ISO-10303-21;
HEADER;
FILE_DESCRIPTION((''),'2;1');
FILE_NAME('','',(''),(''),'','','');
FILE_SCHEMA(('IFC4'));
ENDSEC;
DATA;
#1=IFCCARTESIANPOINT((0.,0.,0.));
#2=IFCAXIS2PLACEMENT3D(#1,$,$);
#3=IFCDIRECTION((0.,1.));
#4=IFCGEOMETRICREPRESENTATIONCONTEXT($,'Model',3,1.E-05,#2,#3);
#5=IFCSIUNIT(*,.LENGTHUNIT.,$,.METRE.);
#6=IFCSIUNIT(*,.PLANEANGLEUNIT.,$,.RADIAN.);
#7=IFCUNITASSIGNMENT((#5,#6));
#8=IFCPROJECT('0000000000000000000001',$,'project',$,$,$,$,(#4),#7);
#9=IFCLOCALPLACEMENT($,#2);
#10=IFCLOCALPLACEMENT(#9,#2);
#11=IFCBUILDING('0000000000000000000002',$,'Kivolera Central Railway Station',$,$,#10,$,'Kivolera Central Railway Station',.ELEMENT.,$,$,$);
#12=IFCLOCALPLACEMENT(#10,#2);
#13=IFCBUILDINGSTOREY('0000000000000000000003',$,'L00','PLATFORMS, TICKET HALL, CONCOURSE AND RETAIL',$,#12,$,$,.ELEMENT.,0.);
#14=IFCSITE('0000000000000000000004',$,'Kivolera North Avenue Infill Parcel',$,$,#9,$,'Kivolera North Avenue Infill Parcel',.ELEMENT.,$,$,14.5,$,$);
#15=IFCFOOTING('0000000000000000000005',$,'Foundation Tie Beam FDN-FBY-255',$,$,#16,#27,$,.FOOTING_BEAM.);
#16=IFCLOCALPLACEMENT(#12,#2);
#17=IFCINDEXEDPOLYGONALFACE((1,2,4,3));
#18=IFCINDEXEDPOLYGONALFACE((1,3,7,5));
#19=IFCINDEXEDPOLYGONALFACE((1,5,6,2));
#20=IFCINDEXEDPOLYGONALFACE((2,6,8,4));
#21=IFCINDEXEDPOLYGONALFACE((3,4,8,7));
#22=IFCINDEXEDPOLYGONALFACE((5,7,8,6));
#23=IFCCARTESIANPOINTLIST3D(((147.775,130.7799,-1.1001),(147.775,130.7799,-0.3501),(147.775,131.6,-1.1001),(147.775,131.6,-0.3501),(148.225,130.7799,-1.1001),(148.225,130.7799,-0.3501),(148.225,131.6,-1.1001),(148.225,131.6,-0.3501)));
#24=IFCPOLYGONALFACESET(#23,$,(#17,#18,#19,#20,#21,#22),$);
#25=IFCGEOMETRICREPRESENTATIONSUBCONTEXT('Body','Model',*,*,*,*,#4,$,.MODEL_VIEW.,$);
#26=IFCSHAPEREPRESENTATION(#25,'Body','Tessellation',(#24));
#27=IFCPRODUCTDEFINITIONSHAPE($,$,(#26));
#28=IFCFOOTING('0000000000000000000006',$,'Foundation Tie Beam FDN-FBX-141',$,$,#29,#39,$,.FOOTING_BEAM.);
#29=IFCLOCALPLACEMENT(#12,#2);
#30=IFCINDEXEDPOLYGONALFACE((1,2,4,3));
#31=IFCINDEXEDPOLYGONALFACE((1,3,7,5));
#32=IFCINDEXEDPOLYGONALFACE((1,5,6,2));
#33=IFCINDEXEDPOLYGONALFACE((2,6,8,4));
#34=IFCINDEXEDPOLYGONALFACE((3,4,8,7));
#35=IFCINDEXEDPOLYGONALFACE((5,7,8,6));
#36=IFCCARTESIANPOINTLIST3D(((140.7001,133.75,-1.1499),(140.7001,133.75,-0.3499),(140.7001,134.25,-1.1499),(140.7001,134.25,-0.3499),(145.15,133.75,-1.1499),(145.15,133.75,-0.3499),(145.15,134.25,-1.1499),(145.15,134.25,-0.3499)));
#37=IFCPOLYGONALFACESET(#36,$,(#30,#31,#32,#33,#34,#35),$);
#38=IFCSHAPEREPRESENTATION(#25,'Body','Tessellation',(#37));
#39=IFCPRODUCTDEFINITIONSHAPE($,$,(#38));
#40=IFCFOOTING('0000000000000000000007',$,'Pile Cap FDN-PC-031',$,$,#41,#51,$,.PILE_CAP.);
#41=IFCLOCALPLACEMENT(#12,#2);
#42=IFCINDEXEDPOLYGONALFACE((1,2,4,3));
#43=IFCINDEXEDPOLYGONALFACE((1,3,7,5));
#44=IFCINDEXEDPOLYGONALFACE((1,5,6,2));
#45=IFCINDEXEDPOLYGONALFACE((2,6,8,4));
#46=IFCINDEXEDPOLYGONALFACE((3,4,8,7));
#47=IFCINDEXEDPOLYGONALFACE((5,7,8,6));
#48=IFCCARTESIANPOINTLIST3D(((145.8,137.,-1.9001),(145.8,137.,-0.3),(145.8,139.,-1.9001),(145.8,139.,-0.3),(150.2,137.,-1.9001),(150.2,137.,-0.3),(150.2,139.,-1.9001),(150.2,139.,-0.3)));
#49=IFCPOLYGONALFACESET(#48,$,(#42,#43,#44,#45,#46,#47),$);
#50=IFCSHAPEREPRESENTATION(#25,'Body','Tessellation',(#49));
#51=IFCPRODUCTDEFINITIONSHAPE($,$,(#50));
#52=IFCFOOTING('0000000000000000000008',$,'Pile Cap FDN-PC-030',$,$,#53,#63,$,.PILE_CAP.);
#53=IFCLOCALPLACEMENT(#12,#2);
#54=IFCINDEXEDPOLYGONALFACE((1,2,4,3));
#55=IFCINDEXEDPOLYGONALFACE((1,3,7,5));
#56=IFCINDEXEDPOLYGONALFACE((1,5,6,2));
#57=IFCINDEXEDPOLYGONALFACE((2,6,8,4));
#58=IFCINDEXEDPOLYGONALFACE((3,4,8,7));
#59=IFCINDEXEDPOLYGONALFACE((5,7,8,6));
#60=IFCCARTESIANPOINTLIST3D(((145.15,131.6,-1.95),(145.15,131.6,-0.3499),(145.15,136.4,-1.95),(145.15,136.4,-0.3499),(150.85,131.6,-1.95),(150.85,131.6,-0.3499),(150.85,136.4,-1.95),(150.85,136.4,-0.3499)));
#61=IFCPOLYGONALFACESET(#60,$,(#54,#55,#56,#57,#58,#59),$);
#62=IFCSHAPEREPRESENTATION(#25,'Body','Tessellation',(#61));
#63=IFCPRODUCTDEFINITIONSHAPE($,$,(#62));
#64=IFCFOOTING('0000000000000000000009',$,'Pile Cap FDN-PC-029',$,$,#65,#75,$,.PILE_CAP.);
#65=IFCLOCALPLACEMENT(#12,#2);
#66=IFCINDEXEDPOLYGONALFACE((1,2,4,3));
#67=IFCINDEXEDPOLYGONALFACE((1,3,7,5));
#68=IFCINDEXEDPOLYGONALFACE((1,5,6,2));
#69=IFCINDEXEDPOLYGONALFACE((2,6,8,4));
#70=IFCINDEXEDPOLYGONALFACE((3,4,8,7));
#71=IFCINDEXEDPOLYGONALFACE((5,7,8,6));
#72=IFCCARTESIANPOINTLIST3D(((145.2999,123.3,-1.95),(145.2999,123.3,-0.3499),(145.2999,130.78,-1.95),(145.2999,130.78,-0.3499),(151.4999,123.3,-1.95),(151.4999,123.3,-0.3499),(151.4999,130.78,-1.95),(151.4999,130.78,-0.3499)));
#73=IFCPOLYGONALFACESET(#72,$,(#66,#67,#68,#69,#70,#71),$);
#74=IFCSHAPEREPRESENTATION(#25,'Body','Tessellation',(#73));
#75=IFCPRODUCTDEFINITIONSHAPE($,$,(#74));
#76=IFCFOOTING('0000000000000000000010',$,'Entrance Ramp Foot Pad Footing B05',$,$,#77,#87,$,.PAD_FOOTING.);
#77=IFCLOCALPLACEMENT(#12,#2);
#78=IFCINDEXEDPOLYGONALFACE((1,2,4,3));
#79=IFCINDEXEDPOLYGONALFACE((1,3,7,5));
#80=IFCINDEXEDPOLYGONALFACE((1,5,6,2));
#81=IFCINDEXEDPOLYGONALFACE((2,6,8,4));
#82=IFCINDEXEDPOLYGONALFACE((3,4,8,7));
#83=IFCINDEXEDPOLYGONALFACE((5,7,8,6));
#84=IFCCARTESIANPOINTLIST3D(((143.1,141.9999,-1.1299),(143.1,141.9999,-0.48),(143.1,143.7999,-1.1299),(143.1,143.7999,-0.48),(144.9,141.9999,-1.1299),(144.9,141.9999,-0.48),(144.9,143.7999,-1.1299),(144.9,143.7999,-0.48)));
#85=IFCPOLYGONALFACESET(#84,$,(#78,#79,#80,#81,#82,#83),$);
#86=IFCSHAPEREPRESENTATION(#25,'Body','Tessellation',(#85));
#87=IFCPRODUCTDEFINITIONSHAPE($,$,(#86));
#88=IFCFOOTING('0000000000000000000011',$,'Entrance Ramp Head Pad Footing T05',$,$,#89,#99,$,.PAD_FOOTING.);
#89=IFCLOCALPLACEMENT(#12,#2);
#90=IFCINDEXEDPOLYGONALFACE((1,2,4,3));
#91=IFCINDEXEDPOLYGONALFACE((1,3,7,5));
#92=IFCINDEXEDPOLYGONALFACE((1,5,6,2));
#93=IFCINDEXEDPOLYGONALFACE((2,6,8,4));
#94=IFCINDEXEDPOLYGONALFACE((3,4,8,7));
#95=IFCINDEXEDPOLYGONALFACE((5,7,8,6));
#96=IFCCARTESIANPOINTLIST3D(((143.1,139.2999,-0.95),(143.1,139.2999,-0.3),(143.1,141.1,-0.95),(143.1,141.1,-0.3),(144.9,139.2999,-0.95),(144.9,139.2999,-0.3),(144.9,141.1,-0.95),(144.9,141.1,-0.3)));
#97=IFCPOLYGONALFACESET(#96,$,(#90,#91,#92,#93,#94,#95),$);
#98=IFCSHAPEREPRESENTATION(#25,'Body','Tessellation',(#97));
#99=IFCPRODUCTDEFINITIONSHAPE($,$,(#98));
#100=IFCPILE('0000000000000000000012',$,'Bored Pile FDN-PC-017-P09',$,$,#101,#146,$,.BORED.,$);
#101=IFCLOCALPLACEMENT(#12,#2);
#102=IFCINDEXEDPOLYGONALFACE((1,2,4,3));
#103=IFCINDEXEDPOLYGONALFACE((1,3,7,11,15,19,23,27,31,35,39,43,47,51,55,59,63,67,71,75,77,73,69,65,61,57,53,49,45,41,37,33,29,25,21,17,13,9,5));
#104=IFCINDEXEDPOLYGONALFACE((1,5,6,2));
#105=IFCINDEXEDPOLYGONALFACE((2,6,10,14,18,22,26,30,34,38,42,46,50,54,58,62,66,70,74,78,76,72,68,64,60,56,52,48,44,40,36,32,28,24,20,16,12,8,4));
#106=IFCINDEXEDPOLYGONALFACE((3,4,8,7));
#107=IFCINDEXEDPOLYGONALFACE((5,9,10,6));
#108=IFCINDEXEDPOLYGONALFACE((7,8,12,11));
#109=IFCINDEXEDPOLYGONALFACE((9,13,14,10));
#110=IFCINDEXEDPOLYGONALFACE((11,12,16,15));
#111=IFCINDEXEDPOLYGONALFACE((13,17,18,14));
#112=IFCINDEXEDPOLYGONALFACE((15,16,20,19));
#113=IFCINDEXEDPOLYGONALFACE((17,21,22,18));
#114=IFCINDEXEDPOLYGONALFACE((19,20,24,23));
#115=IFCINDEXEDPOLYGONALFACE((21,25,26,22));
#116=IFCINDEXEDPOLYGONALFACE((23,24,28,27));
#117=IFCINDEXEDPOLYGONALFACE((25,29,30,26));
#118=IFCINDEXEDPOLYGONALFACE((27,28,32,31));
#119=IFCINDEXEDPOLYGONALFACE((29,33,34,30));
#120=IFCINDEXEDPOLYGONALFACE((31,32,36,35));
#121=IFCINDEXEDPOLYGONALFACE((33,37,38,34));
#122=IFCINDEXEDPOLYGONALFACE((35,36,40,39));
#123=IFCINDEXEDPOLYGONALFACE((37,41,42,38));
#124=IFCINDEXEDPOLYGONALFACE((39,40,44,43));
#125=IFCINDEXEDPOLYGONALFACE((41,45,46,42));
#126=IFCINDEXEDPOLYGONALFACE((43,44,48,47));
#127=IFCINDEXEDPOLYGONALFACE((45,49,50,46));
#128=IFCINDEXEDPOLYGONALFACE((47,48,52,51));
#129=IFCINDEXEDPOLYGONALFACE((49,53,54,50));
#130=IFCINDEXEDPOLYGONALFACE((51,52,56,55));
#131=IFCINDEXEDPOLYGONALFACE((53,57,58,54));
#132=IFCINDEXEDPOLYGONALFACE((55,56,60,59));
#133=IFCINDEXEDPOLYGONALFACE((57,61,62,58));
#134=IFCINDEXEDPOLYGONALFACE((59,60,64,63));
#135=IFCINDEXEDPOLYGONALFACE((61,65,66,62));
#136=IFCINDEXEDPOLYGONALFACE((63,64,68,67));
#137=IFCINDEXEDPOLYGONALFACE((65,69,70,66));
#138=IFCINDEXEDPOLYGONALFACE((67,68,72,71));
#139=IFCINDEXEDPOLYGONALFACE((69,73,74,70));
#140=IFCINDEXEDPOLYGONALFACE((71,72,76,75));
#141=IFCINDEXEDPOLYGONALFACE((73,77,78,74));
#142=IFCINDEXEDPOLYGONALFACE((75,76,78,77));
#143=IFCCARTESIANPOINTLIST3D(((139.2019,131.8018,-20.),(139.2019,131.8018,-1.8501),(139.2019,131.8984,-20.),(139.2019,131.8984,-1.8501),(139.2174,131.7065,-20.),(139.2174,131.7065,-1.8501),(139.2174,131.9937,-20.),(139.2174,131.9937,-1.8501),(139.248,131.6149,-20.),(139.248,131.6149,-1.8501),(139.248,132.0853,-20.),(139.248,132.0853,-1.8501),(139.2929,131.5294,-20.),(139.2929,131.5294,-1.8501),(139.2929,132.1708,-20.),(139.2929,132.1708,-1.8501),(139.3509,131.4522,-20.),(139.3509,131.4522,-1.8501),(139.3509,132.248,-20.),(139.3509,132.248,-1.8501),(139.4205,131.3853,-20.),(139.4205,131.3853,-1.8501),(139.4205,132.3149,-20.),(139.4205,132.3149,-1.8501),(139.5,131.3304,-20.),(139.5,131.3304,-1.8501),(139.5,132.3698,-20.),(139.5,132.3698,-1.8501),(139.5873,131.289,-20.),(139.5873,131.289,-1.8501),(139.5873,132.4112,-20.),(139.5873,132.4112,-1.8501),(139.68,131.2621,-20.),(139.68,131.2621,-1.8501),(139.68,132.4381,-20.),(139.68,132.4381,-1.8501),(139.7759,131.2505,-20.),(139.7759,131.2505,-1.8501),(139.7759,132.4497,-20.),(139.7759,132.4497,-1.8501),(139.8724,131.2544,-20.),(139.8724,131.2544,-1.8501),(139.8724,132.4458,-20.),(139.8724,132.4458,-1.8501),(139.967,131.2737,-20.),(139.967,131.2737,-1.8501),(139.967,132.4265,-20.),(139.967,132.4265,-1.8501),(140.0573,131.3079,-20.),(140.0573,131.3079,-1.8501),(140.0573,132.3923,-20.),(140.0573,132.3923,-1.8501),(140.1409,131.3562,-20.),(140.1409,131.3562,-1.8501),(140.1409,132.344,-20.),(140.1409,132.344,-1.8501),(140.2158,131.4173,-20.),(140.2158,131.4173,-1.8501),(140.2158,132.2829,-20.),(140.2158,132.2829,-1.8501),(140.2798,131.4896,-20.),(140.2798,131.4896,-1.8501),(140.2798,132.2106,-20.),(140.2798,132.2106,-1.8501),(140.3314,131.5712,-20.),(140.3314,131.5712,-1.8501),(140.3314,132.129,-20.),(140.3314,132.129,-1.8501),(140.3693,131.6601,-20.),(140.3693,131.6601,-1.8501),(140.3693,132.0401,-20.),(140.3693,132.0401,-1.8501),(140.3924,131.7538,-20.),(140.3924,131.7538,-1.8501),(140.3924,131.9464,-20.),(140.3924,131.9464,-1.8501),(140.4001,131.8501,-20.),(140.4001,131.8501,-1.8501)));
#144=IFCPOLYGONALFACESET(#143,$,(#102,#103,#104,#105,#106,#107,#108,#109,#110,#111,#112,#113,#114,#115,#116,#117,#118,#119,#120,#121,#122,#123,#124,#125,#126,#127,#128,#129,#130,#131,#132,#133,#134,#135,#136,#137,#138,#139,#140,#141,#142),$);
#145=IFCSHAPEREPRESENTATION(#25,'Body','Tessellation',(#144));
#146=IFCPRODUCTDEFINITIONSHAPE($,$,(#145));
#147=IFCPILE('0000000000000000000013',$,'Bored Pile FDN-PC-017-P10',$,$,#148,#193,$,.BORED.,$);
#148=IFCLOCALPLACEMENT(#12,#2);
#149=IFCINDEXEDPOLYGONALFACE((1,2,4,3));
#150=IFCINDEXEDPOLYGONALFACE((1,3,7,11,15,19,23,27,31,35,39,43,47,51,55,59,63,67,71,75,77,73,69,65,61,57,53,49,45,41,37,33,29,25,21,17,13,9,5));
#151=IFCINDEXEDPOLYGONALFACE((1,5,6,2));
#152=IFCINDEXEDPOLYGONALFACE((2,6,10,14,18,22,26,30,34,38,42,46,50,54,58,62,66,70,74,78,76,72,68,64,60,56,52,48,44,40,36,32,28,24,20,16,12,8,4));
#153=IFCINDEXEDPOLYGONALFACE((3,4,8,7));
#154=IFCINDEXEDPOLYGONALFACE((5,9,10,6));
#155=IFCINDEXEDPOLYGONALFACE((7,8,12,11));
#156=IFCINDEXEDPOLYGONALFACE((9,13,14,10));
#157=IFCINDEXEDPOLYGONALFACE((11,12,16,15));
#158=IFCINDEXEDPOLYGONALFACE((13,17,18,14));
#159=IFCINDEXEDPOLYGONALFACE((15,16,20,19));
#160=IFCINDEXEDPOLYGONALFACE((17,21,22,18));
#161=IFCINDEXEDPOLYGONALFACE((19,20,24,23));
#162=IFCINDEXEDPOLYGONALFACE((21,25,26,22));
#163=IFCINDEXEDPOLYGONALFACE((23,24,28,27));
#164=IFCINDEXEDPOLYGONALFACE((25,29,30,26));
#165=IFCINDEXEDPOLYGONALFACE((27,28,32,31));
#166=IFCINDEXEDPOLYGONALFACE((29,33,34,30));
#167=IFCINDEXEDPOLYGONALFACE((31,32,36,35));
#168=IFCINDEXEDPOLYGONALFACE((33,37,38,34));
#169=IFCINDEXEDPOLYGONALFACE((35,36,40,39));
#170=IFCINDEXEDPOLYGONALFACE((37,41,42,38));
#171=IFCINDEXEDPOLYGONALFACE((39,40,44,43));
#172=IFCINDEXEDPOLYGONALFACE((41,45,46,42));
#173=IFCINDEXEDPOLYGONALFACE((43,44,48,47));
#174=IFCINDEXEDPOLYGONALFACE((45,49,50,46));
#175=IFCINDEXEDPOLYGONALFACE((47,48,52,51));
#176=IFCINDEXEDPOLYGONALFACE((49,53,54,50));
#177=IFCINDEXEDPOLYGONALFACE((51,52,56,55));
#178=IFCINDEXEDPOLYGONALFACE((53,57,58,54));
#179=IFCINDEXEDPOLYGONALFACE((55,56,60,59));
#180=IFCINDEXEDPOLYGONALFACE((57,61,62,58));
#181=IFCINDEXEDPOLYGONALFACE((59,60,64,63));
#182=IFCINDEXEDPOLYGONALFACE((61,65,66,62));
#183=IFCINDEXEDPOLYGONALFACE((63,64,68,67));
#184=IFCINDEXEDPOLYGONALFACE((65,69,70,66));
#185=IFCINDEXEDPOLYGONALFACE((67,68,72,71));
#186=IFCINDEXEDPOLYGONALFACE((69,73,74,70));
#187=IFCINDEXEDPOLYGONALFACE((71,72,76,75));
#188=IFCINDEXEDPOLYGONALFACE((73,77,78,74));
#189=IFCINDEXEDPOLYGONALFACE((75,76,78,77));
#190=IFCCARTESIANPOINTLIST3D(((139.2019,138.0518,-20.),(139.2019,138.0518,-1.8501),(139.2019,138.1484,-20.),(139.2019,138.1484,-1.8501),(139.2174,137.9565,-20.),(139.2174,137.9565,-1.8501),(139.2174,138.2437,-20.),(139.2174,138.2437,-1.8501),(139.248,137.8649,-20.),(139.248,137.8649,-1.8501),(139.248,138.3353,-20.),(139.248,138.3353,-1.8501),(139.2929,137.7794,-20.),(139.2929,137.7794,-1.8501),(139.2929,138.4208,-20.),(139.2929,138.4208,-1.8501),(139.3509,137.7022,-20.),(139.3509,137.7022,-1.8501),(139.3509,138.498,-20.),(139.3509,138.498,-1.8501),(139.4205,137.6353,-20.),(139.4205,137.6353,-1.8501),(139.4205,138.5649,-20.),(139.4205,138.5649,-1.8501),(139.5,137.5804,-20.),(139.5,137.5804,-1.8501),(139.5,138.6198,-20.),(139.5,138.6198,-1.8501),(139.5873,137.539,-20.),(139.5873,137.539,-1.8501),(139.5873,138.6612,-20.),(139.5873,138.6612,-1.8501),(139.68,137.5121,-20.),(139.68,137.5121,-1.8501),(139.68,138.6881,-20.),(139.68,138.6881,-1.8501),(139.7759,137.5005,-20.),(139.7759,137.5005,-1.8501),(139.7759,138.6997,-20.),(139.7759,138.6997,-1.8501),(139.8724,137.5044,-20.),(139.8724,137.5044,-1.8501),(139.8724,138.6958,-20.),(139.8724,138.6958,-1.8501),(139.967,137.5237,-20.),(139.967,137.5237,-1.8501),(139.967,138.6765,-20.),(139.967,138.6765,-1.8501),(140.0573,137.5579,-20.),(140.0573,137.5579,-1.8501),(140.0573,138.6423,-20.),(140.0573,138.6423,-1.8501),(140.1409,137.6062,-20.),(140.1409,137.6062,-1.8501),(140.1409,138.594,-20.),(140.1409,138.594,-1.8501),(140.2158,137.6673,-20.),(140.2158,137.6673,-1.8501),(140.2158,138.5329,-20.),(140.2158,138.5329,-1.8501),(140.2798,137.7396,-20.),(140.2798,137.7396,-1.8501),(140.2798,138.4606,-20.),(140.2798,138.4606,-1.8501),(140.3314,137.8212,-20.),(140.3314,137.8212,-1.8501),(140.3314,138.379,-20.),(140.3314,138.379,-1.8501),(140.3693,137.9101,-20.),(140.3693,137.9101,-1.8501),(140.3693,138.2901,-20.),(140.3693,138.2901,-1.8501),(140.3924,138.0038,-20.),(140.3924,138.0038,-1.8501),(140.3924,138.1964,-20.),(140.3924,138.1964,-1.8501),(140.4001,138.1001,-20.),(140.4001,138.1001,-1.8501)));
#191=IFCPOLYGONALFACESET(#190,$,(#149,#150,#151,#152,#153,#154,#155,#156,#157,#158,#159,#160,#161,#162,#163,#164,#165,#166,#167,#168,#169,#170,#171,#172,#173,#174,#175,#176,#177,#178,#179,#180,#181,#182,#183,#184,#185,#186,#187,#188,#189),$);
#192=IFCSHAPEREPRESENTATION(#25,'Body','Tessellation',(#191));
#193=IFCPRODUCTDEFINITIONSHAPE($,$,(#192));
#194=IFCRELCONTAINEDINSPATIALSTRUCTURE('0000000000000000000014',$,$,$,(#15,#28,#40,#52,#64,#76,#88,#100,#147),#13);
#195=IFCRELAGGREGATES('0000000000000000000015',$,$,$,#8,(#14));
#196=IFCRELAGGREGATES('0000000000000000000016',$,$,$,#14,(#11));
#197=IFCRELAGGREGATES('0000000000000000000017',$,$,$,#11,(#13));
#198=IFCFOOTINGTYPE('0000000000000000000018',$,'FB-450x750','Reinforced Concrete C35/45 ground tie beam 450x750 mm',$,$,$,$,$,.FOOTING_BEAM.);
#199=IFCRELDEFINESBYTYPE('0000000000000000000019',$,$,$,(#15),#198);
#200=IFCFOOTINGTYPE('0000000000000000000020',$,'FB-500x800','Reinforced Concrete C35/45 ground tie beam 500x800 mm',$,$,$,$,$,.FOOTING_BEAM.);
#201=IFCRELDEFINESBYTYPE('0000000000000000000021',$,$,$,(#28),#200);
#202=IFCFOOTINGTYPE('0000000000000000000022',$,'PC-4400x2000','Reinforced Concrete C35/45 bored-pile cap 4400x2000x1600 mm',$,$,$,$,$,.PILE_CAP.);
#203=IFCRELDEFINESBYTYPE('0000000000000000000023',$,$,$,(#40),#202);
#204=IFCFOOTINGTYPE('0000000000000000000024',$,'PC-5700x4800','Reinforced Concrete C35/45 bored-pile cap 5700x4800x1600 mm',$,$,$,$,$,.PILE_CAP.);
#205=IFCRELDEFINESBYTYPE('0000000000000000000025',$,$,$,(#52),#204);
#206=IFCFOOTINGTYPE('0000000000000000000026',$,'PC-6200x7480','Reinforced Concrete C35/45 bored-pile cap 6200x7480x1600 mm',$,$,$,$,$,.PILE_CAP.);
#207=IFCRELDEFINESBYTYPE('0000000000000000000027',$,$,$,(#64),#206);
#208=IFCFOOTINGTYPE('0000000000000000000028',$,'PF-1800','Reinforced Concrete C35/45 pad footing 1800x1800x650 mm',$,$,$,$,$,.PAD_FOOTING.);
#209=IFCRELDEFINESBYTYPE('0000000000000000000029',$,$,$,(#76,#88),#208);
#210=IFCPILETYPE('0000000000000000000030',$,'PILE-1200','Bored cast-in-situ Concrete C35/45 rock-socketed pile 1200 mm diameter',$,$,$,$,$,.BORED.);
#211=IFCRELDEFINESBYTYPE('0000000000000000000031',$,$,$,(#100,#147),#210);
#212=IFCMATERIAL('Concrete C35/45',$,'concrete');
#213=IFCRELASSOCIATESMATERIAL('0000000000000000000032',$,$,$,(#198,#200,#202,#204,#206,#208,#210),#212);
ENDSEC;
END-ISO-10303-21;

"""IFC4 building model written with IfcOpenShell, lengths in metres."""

from ifc_helpers import new_model, si_unit, direction, frame, origin, origin_2d, place, context, subcontext, project, spatial, rectangle, circle, extrude, material, material_profile, profile_set, type_object, element, save


model = new_model("IFC4")

# Units and contexts
model_context = context("Model", 3, precision=1e-05, world=origin(), true_north=direction((0.0, 1.0)))
body_context = subcontext(model_context, "Body", "Model", "MODEL_VIEW")
ifc_project = project(units=[si_unit("LENGTHUNIT", "METRE"), si_unit("PLANEANGLEUNIT", "RADIAN")], contexts=[model_context])

# Site, building, storey
site_placement = place(None, origin())
site = spatial("IfcSite", under=ifc_project, at=site_placement, Name="Kivolera North Avenue Infill Parcel", LongName="Kivolera North Avenue Infill Parcel", CompositionType="ELEMENT", RefElevation=14.5)
building_placement = place(site_placement, origin())
building = spatial("IfcBuilding", under=site, at=building_placement, Name="Kivolera Central Railway Station", LongName="Kivolera Central Railway Station", CompositionType="ELEMENT")
storey_placement = place(building_placement, origin())
storey = spatial("IfcBuildingStorey", under=building, at=storey_placement, Name="L00", Description="PLATFORMS, TICKET HALL, CONCOURSE AND RETAIL", CompositionType="ELEMENT", Elevation=0.0)

# Footings
ifc_material_1 = material(Name="Concrete C35/45", Category="concrete")
footing_type_1 = type_object("IfcFootingType", Name="FB-450x750", Description="Reinforced Concrete C35/45 ground tie beam 450x750 mm", PredefinedType="FOOTING_BEAM", material=ifc_material_1)
footing_1_placement = place(storey_placement, frame((148.0, 131.1899, -1.1001), z_axis=(0.0, 0.0, 1.0), x_axis=(1.0, 0.0, 0.0)))
element("IfcFooting", 1, at=footing_1_placement, inside=storey, type_object=footing_type_1, Name="Foundation Tie Beam FDN-FBY-255", PredefinedType="FOOTING_BEAM", context=body_context, shape_type="SweptSolid", body=[
    extrude(rectangle(XDim=0.45, YDim=0.8201, at=origin_2d()), origin(), (0.0, 0.0, 1.0), 0.75),
])
footing_type_2 = type_object("IfcFootingType", Name="FB-500x800", Description="Reinforced Concrete C35/45 ground tie beam 500x800 mm", PredefinedType="FOOTING_BEAM", material=ifc_material_1)
footing_2_placement = place(storey_placement, frame((142.925, 134.0, -1.1499), z_axis=(0.0, 0.0, 1.0), x_axis=(1.0, 0.0, 0.0)))
element("IfcFooting", 2, at=footing_2_placement, inside=storey, type_object=footing_type_2, Name="Foundation Tie Beam FDN-FBX-141", PredefinedType="FOOTING_BEAM", context=body_context, shape_type="SweptSolid", body=[
    extrude(rectangle(XDim=4.45, YDim=0.5, at=origin_2d()), origin(), (0.0, 0.0, 1.0), 0.8),
])
footing_type_3 = type_object("IfcFootingType", Name="PC-4400x2000", Description="Reinforced Concrete C35/45 bored-pile cap 4400x2000x1600 mm", PredefinedType="PILE_CAP", material=ifc_material_1)
footing_3_placement = place(storey_placement, frame((148.0, 138.0, -1.9001), z_axis=(0.0, 0.0, 1.0), x_axis=(1.0, 0.0, 0.0)))
element("IfcFooting", 3, at=footing_3_placement, inside=storey, type_object=footing_type_3, Name="Pile Cap FDN-PC-031", PredefinedType="PILE_CAP", context=body_context, shape_type="SweptSolid", body=[
    extrude(rectangle(XDim=4.3999, YDim=2.0, at=origin_2d()), origin(), (0.0, 0.0, 1.0), 1.6001),
])
footing_type_4 = type_object("IfcFootingType", Name="PC-5700x4800", Description="Reinforced Concrete C35/45 bored-pile cap 5700x4800x1600 mm", PredefinedType="PILE_CAP", material=ifc_material_1)
footing_4_placement = place(storey_placement, frame((148.0, 134.0, -1.95), z_axis=(0.0, 0.0, 1.0), x_axis=(1.0, 0.0, 0.0)))
element("IfcFooting", 4, at=footing_4_placement, inside=storey, type_object=footing_type_4, Name="Pile Cap FDN-PC-030", PredefinedType="PILE_CAP", context=body_context, shape_type="SweptSolid", body=[
    extrude(rectangle(XDim=5.7, YDim=4.8, at=origin_2d()), origin(), (0.0, 0.0, 1.0), 1.6001),
])
footing_type_5 = type_object("IfcFootingType", Name="PC-6200x7480", Description="Reinforced Concrete C35/45 bored-pile cap 6200x7480x1600 mm", PredefinedType="PILE_CAP", material=ifc_material_1)
footing_5_placement = place(storey_placement, frame((148.3999, 127.04, -1.95), z_axis=(0.0, 0.0, 1.0), x_axis=(1.0, 0.0, 0.0)))
element("IfcFooting", 5, at=footing_5_placement, inside=storey, type_object=footing_type_5, Name="Pile Cap FDN-PC-029", PredefinedType="PILE_CAP", context=body_context, shape_type="SweptSolid", body=[
    extrude(rectangle(XDim=6.2, YDim=7.48, at=origin_2d()), origin(), (0.0, 0.0, 1.0), 1.6001),
])
footing_type_6 = type_object("IfcFootingType", Name="PF-1800", Description="Reinforced Concrete C35/45 pad footing 1800x1800x650 mm", PredefinedType="PAD_FOOTING", material=ifc_material_1)
for number, where, z_axis, x_axis, name in (
    (6, (144.0, 142.8999, -1.1299), (0.0, 0.0, 1.0), (1.0, 0.0, 0.0), "Entrance Ramp Foot Pad Footing B05"),
    (7, (144.0, 140.2, -0.95), (0.0, 0.0, 1.0), (1.0, 0.0, 0.0), "Entrance Ramp Head Pad Footing T05"),
):
    element("IfcFooting", number, at=place(storey_placement, frame(where, z_axis=z_axis, x_axis=x_axis)), inside=storey, type_object=footing_type_6, Name=name, PredefinedType="PAD_FOOTING", context=body_context, shape_type="SweptSolid", body=[
        extrude(rectangle(XDim=1.8, YDim=1.8, at=origin_2d()), origin(), (0.0, 0.0, 1.0), 0.6499),
    ])

# Piles
ifc_material_profile_1 = material_profile(ifc_material_1, circle(Radius=0.6001, at=origin_2d()), Name="PILE D1200")
ifc_profile_set_1 = profile_set([ifc_material_profile_1], Name="Concrete C35/45")
pile_type_1 = type_object("IfcPileType", Name="PILE-1200", Description="Bored cast-in-situ Concrete C35/45 rock-socketed pile 1200 mm diameter", PredefinedType="BORED", material=ifc_profile_set_1)
for number, where, z_axis, x_axis, name in (
    (8, (139.8, 131.8501, -1.8501), (0.0, 0.0, -1.0), (1.0, 0.0, 0.0), "Bored Pile FDN-PC-017-P09"),
    (9, (139.8, 138.1001, -1.8501), (0.0, 0.0, -1.0), (1.0, 0.0, 0.0), "Bored Pile FDN-PC-017-P10"),
):
    element("IfcPile", number, at=place(storey_placement, frame(where, z_axis=z_axis, x_axis=x_axis)), inside=storey, type_object=pile_type_1, Name=name, PredefinedType="BORED", context=body_context, shape_type="SweptSolid", body=[
        extrude(circle(Radius=0.6001, at=origin_2d()), origin(), (0.0, 0.0, 1.0), 18.1499),
    ])

save(model, "model.ifc")
